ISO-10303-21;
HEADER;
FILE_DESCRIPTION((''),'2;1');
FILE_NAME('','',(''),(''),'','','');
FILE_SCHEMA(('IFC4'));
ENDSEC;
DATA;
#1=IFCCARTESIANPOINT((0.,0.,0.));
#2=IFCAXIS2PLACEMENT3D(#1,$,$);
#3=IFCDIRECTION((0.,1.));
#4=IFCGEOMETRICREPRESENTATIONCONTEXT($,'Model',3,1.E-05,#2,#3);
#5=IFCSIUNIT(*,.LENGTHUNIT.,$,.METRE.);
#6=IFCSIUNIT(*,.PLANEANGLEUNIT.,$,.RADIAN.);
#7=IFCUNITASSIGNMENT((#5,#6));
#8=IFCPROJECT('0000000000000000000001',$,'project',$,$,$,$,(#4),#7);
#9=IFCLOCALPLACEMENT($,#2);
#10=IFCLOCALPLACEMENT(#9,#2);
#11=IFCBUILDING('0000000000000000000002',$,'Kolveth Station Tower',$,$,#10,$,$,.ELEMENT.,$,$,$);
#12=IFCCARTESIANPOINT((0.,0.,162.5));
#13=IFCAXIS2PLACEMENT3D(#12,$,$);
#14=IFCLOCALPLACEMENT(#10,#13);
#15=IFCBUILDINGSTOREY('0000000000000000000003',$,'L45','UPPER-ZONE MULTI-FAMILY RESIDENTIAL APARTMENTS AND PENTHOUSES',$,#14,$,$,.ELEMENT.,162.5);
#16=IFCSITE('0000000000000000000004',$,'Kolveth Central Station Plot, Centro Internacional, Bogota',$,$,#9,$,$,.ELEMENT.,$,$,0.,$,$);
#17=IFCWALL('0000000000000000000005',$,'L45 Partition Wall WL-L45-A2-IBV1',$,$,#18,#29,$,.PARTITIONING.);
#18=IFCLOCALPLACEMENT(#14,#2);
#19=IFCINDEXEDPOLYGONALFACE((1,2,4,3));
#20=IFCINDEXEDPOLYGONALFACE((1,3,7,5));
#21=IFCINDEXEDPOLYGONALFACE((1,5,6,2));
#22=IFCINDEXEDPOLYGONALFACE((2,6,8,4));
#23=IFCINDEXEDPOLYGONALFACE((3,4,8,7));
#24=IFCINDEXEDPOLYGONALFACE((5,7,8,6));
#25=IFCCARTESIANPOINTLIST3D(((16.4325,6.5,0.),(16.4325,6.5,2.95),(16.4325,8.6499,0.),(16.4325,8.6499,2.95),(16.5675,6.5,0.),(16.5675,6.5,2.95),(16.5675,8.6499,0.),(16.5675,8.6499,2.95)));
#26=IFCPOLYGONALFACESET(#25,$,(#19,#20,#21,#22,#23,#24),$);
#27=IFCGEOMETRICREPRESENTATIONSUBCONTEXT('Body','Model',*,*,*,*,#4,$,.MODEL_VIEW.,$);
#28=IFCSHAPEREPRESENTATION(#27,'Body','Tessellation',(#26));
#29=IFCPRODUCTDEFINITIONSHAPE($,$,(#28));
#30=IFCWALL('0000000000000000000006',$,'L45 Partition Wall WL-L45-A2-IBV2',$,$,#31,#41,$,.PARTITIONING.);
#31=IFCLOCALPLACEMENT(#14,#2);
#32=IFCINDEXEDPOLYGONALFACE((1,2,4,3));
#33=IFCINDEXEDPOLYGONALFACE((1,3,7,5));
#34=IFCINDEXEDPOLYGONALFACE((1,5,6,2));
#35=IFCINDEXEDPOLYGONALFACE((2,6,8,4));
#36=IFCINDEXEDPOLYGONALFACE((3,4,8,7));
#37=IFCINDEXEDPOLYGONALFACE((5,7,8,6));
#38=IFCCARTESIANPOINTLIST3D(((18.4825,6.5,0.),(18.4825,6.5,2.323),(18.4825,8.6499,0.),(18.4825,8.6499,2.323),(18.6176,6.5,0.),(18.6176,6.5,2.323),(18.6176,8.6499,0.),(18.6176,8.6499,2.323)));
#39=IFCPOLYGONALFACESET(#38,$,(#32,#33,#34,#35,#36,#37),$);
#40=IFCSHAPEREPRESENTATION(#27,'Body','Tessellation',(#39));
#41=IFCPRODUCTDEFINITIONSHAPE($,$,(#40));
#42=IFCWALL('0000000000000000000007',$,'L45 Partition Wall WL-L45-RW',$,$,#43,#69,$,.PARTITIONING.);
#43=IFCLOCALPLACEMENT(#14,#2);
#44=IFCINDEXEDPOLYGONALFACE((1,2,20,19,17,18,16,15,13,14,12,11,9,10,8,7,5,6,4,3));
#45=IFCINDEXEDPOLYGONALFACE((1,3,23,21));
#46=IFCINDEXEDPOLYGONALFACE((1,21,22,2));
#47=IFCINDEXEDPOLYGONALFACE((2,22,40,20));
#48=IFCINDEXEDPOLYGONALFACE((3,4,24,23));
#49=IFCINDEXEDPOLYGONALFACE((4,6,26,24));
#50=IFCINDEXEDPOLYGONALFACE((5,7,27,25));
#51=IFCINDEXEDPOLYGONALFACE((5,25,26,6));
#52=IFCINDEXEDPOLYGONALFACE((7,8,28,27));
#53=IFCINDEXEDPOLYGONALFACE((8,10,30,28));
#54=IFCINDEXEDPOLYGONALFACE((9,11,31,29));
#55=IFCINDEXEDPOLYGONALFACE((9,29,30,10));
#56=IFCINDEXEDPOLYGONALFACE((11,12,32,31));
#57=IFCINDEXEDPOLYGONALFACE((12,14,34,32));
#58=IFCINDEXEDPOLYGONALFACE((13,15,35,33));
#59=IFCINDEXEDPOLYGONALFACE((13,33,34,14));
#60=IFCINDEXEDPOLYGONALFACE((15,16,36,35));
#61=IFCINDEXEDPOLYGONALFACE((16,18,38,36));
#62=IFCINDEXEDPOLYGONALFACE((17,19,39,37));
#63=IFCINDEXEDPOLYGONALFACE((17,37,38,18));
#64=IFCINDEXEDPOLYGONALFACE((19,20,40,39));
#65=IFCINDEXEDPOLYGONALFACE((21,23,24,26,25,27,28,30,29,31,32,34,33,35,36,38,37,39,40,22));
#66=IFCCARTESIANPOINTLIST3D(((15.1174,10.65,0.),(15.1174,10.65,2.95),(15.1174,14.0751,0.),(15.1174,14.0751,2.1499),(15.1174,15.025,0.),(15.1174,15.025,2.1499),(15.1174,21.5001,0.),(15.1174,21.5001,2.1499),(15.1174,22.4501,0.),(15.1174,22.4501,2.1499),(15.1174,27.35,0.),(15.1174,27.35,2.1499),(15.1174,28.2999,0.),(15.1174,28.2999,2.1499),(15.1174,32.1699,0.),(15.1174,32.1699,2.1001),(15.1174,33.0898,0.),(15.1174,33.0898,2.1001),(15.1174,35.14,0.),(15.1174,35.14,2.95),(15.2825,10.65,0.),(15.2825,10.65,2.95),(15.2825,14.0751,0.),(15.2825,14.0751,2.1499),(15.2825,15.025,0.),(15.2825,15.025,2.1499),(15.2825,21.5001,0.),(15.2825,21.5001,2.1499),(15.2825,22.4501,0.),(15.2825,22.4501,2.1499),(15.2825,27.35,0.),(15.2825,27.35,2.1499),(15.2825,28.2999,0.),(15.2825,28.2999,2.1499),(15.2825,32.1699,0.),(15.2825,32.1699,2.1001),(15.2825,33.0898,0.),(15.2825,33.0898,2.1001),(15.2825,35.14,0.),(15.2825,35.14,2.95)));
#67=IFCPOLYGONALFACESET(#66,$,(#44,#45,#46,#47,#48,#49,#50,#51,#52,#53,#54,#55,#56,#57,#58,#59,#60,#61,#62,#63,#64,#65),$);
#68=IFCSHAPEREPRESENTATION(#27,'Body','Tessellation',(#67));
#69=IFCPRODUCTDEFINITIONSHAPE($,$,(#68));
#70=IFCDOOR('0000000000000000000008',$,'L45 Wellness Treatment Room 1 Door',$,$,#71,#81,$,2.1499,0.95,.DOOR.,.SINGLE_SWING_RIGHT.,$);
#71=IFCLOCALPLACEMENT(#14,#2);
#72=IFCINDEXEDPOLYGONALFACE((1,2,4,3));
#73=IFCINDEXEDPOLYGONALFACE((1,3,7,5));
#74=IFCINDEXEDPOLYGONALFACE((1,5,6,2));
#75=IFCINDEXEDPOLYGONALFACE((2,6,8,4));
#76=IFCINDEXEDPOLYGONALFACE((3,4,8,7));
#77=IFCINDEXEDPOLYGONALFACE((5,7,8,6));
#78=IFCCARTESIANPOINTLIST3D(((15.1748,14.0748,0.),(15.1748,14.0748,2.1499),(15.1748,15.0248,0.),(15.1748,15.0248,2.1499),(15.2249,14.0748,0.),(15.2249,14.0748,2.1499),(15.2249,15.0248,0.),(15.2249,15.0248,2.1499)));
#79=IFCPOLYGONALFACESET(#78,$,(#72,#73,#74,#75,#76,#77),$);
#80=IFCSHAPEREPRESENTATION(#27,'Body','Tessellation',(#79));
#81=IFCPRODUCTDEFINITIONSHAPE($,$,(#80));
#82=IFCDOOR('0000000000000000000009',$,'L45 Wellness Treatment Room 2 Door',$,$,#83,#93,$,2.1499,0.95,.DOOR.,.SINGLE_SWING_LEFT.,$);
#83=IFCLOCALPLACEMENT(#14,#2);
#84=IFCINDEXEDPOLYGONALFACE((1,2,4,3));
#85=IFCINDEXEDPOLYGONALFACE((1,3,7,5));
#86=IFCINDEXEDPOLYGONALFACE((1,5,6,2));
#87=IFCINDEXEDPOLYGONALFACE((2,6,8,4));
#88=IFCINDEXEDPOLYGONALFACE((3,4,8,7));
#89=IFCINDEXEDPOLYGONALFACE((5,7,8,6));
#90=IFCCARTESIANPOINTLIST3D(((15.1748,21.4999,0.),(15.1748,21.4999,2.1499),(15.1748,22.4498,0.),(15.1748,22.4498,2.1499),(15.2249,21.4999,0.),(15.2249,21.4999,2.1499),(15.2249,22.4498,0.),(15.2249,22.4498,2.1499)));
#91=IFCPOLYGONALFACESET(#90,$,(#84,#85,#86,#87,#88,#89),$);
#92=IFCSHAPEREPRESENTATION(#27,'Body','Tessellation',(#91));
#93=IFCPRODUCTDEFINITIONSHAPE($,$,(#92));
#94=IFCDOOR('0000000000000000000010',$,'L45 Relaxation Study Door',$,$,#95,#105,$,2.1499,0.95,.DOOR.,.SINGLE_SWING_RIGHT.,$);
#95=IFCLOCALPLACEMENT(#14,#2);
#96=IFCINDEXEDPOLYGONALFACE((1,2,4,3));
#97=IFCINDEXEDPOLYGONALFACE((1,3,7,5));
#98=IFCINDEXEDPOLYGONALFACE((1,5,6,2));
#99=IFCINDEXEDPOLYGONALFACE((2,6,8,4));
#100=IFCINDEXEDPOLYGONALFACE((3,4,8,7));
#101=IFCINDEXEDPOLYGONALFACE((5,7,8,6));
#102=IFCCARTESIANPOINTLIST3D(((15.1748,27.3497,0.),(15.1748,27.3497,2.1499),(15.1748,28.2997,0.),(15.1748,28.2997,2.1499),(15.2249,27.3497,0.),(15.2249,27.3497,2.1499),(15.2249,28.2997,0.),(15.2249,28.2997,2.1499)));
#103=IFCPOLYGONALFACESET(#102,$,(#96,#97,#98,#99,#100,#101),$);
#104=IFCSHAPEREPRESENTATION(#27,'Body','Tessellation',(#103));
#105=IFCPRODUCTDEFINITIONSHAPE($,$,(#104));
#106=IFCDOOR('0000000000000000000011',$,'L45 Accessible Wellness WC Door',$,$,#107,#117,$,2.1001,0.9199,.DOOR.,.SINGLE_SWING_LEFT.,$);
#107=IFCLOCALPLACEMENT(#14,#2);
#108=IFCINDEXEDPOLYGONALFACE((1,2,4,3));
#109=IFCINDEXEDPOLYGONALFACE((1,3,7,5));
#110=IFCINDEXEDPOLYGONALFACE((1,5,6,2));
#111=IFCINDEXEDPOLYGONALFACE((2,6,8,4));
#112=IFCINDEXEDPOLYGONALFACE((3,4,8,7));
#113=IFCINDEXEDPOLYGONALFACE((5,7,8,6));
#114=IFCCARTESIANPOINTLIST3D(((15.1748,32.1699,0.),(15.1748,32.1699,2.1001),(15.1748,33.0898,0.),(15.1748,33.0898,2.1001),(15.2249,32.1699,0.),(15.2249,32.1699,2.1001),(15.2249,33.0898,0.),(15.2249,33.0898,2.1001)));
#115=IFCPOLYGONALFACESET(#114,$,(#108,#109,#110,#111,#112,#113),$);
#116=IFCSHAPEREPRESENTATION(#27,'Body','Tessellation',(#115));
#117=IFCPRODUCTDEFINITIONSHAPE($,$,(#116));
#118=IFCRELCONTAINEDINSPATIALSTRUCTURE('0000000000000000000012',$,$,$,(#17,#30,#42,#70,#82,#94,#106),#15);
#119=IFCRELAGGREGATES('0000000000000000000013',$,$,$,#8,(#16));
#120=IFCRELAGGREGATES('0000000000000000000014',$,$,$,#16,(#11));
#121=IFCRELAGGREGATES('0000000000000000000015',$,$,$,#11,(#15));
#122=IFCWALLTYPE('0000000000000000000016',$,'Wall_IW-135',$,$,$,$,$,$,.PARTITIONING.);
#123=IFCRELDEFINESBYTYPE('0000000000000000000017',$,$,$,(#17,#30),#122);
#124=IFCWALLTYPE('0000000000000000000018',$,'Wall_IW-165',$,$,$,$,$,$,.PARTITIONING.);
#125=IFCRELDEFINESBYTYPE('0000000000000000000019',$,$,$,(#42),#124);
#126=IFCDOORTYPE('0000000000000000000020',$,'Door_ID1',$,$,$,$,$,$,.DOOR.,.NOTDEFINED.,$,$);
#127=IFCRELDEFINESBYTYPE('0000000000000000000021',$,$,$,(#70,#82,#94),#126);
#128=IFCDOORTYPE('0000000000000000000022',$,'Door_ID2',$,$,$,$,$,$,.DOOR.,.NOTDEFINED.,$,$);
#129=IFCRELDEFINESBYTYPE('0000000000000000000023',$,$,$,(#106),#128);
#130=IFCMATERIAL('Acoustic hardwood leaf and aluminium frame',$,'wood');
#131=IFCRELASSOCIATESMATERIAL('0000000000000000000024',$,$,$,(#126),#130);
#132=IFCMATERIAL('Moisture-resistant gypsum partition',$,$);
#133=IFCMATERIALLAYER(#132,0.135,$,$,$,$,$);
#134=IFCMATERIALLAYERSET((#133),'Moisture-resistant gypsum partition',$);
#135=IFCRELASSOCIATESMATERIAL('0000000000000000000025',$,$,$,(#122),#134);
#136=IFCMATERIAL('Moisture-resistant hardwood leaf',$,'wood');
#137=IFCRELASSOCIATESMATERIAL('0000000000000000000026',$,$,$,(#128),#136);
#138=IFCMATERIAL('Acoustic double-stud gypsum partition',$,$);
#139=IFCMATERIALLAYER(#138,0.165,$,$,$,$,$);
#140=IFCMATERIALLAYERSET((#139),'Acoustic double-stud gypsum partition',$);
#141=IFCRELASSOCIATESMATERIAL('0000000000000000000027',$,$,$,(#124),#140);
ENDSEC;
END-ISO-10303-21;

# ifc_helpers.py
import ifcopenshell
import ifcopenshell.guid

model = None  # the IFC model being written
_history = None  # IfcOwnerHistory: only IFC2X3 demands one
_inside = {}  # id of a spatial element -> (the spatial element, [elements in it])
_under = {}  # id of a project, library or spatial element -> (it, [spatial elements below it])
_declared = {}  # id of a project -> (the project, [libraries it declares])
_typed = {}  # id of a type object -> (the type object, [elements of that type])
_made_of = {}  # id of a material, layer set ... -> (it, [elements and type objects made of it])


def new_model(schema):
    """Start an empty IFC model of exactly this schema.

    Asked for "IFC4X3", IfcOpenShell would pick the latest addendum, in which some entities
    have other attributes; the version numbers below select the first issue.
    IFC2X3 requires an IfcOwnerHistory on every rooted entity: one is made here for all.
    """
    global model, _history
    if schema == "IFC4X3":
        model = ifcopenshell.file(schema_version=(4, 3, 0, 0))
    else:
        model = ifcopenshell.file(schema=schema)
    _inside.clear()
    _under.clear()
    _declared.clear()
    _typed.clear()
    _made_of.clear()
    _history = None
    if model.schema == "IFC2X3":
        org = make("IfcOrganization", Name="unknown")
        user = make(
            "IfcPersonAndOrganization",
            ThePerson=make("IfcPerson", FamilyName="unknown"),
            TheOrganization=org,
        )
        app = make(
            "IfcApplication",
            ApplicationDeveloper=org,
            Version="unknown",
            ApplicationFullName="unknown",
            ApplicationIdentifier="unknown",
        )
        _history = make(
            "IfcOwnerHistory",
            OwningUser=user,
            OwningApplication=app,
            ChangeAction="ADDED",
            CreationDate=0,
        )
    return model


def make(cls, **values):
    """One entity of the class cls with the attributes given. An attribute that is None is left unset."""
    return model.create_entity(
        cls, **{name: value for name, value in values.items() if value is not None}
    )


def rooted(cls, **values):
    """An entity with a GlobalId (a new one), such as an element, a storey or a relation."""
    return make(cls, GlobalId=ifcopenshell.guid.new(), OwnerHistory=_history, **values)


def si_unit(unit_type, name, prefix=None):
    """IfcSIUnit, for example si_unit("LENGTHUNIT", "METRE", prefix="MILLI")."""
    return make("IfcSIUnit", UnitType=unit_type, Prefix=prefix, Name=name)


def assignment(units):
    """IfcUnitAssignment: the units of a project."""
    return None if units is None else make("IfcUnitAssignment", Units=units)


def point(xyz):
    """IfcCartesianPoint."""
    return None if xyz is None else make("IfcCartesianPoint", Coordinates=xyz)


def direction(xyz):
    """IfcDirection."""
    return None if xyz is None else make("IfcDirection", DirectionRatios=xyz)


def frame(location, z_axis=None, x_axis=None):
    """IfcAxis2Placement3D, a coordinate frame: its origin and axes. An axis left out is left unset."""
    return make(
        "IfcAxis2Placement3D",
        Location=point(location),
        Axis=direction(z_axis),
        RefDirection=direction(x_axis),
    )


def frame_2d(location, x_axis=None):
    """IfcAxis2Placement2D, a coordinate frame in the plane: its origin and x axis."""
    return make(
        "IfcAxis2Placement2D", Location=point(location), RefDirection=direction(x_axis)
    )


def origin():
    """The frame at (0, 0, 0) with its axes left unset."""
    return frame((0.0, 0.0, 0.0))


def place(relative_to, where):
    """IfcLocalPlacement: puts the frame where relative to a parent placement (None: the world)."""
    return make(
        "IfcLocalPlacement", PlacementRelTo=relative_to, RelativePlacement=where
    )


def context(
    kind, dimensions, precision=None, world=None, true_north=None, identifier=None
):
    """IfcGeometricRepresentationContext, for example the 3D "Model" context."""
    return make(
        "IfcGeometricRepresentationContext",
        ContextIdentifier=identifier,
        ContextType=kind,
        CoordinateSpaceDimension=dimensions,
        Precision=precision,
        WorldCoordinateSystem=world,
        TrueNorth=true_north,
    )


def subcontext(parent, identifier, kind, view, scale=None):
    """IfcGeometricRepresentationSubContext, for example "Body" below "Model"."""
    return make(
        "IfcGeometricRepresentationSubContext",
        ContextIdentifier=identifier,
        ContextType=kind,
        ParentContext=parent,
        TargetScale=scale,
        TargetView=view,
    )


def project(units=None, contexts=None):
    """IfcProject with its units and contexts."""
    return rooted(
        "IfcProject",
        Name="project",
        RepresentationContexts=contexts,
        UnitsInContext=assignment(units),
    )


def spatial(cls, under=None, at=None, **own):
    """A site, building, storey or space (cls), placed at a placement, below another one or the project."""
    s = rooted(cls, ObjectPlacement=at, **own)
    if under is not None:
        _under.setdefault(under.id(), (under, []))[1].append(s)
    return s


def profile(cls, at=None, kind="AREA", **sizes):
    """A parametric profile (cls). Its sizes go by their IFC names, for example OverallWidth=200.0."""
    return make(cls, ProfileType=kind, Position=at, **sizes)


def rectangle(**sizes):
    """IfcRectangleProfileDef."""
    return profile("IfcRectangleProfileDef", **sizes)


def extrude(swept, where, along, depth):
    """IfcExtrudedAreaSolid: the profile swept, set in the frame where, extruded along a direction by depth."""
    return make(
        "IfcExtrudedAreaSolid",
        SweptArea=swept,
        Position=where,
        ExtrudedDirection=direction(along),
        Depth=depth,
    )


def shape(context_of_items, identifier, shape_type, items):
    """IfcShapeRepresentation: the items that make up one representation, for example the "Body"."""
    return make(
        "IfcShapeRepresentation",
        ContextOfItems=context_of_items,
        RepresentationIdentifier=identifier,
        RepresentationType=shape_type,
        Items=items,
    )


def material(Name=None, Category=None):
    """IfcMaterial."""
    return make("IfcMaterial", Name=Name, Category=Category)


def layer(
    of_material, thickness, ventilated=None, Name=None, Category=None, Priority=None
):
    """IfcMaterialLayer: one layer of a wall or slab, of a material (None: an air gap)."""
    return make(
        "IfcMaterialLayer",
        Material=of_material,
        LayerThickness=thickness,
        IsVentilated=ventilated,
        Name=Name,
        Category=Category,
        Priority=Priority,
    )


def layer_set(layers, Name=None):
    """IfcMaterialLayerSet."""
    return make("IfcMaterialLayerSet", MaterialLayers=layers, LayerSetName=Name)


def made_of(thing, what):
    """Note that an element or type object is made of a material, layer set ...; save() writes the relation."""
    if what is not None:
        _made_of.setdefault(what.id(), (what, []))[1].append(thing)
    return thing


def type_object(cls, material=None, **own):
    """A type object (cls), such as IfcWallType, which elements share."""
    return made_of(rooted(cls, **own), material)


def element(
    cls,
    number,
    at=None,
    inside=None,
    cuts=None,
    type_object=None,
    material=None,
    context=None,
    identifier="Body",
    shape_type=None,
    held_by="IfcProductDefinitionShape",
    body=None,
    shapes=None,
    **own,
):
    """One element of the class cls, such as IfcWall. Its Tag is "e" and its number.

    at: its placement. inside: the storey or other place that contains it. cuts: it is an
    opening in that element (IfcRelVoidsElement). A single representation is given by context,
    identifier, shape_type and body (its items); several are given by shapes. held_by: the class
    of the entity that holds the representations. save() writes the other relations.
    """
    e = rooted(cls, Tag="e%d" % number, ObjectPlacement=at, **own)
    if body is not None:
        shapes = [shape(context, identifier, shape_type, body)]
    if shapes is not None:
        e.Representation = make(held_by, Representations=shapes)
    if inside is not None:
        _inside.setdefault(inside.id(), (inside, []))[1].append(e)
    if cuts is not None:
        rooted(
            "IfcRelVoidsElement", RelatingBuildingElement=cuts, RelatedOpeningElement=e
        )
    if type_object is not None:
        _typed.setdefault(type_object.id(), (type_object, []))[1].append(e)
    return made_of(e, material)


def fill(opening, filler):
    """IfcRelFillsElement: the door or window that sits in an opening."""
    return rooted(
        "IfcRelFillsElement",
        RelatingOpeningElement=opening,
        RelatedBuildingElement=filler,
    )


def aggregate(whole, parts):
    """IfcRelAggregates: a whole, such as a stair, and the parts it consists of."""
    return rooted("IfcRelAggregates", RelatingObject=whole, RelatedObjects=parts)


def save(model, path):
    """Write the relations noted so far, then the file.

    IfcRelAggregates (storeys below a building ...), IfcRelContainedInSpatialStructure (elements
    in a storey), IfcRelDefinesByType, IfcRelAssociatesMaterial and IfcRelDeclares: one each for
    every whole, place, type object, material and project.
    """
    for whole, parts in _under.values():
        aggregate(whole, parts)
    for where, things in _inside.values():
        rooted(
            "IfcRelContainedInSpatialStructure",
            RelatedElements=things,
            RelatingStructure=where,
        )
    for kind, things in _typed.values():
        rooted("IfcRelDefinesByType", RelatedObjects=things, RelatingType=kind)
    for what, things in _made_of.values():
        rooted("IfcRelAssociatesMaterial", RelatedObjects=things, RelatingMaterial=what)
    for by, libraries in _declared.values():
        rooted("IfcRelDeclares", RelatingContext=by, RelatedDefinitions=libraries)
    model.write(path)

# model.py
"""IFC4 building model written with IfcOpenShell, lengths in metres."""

from ifc_helpers import new_model, si_unit, direction, frame, frame_2d, origin, place, context, subcontext, project, spatial, rectangle, extrude, material, layer, layer_set, type_object, element, fill, save


model = new_model("IFC4")

# Units and contexts
model_context = context("Model", 3, precision=1e-05, world=origin(), true_north=direction((0.0, 1.0)))
body_context = subcontext(model_context, "Body", "Model", "MODEL_VIEW")
ifc_project = project(units=[si_unit("LENGTHUNIT", "METRE"), si_unit("PLANEANGLEUNIT", "RADIAN")], contexts=[model_context])

# Site, building, storey
site_placement = place(None, origin())
site = spatial("IfcSite", under=ifc_project, at=site_placement, Name="Kolveth Central Station Plot, Centro Internacional, Bogota", CompositionType="ELEMENT", RefElevation=0.0)
building_placement = place(site_placement, origin())
building = spatial("IfcBuilding", under=site, at=building_placement, Name="Kolveth Station Tower", CompositionType="ELEMENT")
storey_placement = place(building_placement, frame((0.0, 0.0, 162.5)))
storey = spatial("IfcBuildingStorey", under=building, at=storey_placement, Name="L45", Description="UPPER-ZONE MULTI-FAMILY RESIDENTIAL APARTMENTS AND PENTHOUSES", CompositionType="ELEMENT", Elevation=162.5)

# Shared definitions
ifc_material_1 = material(Name="Acoustic hardwood leaf and aluminium frame", Category="wood")
door_type_1 = type_object("IfcDoorType", Name="Door_ID1", OperationType="NOTDEFINED", PredefinedType="DOOR", material=ifc_material_1)

# Shared definitions
ifc_material_2 = material(Name="Moisture-resistant gypsum partition")
ifc_layer_1 = layer(ifc_material_2, 0.135)
ifc_layer_set_1 = layer_set([ifc_layer_1], Name="Moisture-resistant gypsum partition")
wall_type_1 = type_object("IfcWallType", Name="Wall_IW-135", PredefinedType="PARTITIONING", material=ifc_layer_set_1)
ifc_material_3 = material(Name="Moisture-resistant hardwood leaf", Category="wood")
door_type_2 = type_object("IfcDoorType", Name="Door_ID2", OperationType="NOTDEFINED", PredefinedType="DOOR", material=ifc_material_3)

# Walls
for number, where, z_axis, x_axis, name in (
    (1, (16.5, 6.5, 0.0), (0.0, 0.0, 1.0), (0.0, 1.0, 0.0), "L45 Partition Wall WL-L45-A2-IBV1"),
):
    element("IfcWall", number, at=place(storey_placement, frame(where, z_axis=z_axis, x_axis=x_axis)), inside=storey, type_object=wall_type_1, Name=name, PredefinedType="PARTITIONING", context=body_context, shape_type="SweptSolid", body=[
        extrude(rectangle(XDim=2.1499, YDim=0.135, at=frame_2d((1.075, 0.0))), origin(), (0.0, 0.0, 1.0), 2.95),
    ])
wall_1_placement = place(storey_placement, frame((18.55, 6.5, 0.0), z_axis=(0.0, 0.0, 1.0), x_axis=(0.0, 1.0, 0.0)))
element("IfcWall", 2, at=wall_1_placement, inside=storey, type_object=wall_type_1, Name="L45 Partition Wall WL-L45-A2-IBV2", PredefinedType="PARTITIONING", context=body_context, shape_type="SweptSolid", body=[
    extrude(rectangle(XDim=2.1499, YDim=0.135, at=frame_2d((1.075, 0.0))), origin(), (0.0, 0.0, 1.0), 2.323),
])

# Wall, openings, doors
ifc_material_4 = material(Name="Acoustic double-stud gypsum partition")
ifc_layer_2 = layer(ifc_material_4, 0.165)
ifc_layer_set_2 = layer_set([ifc_layer_2], Name="Acoustic double-stud gypsum partition")
wall_type_2 = type_object("IfcWallType", Name="Wall_IW-165", PredefinedType="PARTITIONING", material=ifc_layer_set_2)
wall_2_placement = place(storey_placement, frame((15.2, 10.6499, 0.0), z_axis=(0.0, 0.0, 1.0), x_axis=(0.0, 1.0, 0.0)))
wall_2 = element("IfcWall", 3, at=wall_2_placement, inside=storey, type_object=wall_type_2, Name="L45 Partition Wall WL-L45-RW", PredefinedType="PARTITIONING", context=body_context, shape_type="SweptSolid", body=[
    extrude(rectangle(XDim=24.49, YDim=0.165, at=frame_2d((12.2451, 0.0))), origin(), (0.0, 0.0, 1.0), 2.95),
])
opening_1_placement = place(wall_2_placement, frame((3.425, 0.0, 0.0)))
opening_1 = element("IfcOpeningElement", 4, at=opening_1_placement, cuts=wall_2, PredefinedType="OPENING", context=body_context, shape_type="SweptSolid", body=[
    extrude(rectangle(XDim=0.95, YDim=2.1499, at=frame_2d((0.4751, 1.075))), frame((0.0, 0.0925, 0.0), z_axis=(0.0, -1.0, 0.0), x_axis=(1.0, 0.0, 0.0)), (0.0, 0.0, 1.0), 0.1851),
])
opening_2_placement = place(wall_2_placement, frame((10.8501, 0.0, 0.0)))
opening_2 = element("IfcOpeningElement", 5, at=opening_2_placement, cuts=wall_2, PredefinedType="OPENING", context=body_context, shape_type="SweptSolid", body=[
    extrude(rectangle(XDim=0.95, YDim=2.1499, at=frame_2d((0.4751, 1.075))), frame((0.0, 0.0925, 0.0), z_axis=(0.0, -1.0, 0.0), x_axis=(1.0, 0.0, 0.0)), (0.0, 0.0, 1.0), 0.1851),
])
opening_3_placement = place(wall_2_placement, frame((16.7, 0.0, 0.0)))
opening_3 = element("IfcOpeningElement", 6, at=opening_3_placement, cuts=wall_2, PredefinedType="OPENING", context=body_context, shape_type="SweptSolid", body=[
    extrude(rectangle(XDim=0.95, YDim=2.1499, at=frame_2d((0.4751, 1.075))), frame((0.0, 0.0925, 0.0), z_axis=(0.0, -1.0, 0.0), x_axis=(1.0, 0.0, 0.0)), (0.0, 0.0, 1.0), 0.1851),
])
opening_4_placement = place(wall_2_placement, frame((21.52, 0.0, 0.0)))
opening_4 = element("IfcOpeningElement", 7, at=opening_4_placement, cuts=wall_2, PredefinedType="OPENING", context=body_context, shape_type="SweptSolid", body=[
    extrude(rectangle(XDim=0.9199, YDim=2.1001, at=frame_2d((0.46, 1.05))), frame((0.0, 0.0925, 0.0), z_axis=(0.0, -1.0, 0.0), x_axis=(1.0, 0.0, 0.0)), (0.0, 0.0, 1.0), 0.1851),
])
door_1_placement = place(opening_1_placement, frame((0.95, 0.0, 0.0), z_axis=(0.0, 0.0, 1.0), x_axis=(-1.0, 0.0, 0.0)))
door_1 = element("IfcDoor", 8, at=door_1_placement, inside=storey, type_object=door_type_1, Name="L45 Wellness Treatment Room 1 Door", OperationType="SINGLE_SWING_RIGHT", OverallHeight=2.1499, OverallWidth=0.95, PredefinedType="DOOR", context=body_context, shape_type="SweptSolid", body=[
    extrude(rectangle(XDim=0.95, YDim=2.1499, at=frame_2d((0.4751, 1.075))), frame((0.0, 0.0249, 0.0), z_axis=(0.0, -1.0, 0.0), x_axis=(1.0, 0.0, 0.0)), (0.0, 0.0, 1.0), 0.05),
])
fill(opening_1, door_1)
door_2_placement = place(opening_2_placement, frame((0.95, 0.0, 0.0), z_axis=(0.0, 0.0, 1.0), x_axis=(-1.0, 0.0, 0.0)))
door_2 = element("IfcDoor", 9, at=door_2_placement, inside=storey, type_object=door_type_1, Name="L45 Wellness Treatment Room 2 Door", OperationType="SINGLE_SWING_LEFT", OverallHeight=2.1499, OverallWidth=0.95, PredefinedType="DOOR", context=body_context, shape_type="SweptSolid", body=[
    extrude(rectangle(XDim=0.95, YDim=2.1499, at=frame_2d((0.4751, 1.075))), frame((0.0, 0.0249, 0.0), z_axis=(0.0, -1.0, 0.0), x_axis=(1.0, 0.0, 0.0)), (0.0, 0.0, 1.0), 0.05),
])
fill(opening_2, door_2)
door_3_placement = place(opening_3_placement, frame((0.95, 0.0, 0.0), z_axis=(0.0, 0.0, 1.0), x_axis=(-1.0, 0.0, 0.0)))
door_3 = element("IfcDoor", 10, at=door_3_placement, inside=storey, type_object=door_type_1, Name="L45 Relaxation Study Door", OperationType="SINGLE_SWING_RIGHT", OverallHeight=2.1499, OverallWidth=0.95, PredefinedType="DOOR", context=body_context, shape_type="SweptSolid", body=[
    extrude(rectangle(XDim=0.95, YDim=2.1499, at=frame_2d((0.4751, 1.075))), frame((0.0, 0.0249, 0.0), z_axis=(0.0, -1.0, 0.0), x_axis=(1.0, 0.0, 0.0)), (0.0, 0.0, 1.0), 0.05),
])
fill(opening_3, door_3)
door_4_placement = place(opening_4_placement, frame((0.9199, 0.0, 0.0), z_axis=(0.0, 0.0, 1.0), x_axis=(-1.0, 0.0, 0.0)))
door_4 = element("IfcDoor", 11, at=door_4_placement, inside=storey, type_object=door_type_2, Name="L45 Accessible Wellness WC Door", OperationType="SINGLE_SWING_LEFT", OverallHeight=2.1001, OverallWidth=0.9199, PredefinedType="DOOR", context=body_context, shape_type="SweptSolid", body=[
    extrude(rectangle(XDim=0.9199, YDim=2.1001, at=frame_2d((0.46, 1.05))), frame((0.0, 0.0249, 0.0), z_axis=(0.0, -1.0, 0.0), x_axis=(1.0, 0.0, 0.0)), (0.0, 0.0, 1.0), 0.05),
])
fill(opening_4, door_4)

save(model, "model.ifc")
